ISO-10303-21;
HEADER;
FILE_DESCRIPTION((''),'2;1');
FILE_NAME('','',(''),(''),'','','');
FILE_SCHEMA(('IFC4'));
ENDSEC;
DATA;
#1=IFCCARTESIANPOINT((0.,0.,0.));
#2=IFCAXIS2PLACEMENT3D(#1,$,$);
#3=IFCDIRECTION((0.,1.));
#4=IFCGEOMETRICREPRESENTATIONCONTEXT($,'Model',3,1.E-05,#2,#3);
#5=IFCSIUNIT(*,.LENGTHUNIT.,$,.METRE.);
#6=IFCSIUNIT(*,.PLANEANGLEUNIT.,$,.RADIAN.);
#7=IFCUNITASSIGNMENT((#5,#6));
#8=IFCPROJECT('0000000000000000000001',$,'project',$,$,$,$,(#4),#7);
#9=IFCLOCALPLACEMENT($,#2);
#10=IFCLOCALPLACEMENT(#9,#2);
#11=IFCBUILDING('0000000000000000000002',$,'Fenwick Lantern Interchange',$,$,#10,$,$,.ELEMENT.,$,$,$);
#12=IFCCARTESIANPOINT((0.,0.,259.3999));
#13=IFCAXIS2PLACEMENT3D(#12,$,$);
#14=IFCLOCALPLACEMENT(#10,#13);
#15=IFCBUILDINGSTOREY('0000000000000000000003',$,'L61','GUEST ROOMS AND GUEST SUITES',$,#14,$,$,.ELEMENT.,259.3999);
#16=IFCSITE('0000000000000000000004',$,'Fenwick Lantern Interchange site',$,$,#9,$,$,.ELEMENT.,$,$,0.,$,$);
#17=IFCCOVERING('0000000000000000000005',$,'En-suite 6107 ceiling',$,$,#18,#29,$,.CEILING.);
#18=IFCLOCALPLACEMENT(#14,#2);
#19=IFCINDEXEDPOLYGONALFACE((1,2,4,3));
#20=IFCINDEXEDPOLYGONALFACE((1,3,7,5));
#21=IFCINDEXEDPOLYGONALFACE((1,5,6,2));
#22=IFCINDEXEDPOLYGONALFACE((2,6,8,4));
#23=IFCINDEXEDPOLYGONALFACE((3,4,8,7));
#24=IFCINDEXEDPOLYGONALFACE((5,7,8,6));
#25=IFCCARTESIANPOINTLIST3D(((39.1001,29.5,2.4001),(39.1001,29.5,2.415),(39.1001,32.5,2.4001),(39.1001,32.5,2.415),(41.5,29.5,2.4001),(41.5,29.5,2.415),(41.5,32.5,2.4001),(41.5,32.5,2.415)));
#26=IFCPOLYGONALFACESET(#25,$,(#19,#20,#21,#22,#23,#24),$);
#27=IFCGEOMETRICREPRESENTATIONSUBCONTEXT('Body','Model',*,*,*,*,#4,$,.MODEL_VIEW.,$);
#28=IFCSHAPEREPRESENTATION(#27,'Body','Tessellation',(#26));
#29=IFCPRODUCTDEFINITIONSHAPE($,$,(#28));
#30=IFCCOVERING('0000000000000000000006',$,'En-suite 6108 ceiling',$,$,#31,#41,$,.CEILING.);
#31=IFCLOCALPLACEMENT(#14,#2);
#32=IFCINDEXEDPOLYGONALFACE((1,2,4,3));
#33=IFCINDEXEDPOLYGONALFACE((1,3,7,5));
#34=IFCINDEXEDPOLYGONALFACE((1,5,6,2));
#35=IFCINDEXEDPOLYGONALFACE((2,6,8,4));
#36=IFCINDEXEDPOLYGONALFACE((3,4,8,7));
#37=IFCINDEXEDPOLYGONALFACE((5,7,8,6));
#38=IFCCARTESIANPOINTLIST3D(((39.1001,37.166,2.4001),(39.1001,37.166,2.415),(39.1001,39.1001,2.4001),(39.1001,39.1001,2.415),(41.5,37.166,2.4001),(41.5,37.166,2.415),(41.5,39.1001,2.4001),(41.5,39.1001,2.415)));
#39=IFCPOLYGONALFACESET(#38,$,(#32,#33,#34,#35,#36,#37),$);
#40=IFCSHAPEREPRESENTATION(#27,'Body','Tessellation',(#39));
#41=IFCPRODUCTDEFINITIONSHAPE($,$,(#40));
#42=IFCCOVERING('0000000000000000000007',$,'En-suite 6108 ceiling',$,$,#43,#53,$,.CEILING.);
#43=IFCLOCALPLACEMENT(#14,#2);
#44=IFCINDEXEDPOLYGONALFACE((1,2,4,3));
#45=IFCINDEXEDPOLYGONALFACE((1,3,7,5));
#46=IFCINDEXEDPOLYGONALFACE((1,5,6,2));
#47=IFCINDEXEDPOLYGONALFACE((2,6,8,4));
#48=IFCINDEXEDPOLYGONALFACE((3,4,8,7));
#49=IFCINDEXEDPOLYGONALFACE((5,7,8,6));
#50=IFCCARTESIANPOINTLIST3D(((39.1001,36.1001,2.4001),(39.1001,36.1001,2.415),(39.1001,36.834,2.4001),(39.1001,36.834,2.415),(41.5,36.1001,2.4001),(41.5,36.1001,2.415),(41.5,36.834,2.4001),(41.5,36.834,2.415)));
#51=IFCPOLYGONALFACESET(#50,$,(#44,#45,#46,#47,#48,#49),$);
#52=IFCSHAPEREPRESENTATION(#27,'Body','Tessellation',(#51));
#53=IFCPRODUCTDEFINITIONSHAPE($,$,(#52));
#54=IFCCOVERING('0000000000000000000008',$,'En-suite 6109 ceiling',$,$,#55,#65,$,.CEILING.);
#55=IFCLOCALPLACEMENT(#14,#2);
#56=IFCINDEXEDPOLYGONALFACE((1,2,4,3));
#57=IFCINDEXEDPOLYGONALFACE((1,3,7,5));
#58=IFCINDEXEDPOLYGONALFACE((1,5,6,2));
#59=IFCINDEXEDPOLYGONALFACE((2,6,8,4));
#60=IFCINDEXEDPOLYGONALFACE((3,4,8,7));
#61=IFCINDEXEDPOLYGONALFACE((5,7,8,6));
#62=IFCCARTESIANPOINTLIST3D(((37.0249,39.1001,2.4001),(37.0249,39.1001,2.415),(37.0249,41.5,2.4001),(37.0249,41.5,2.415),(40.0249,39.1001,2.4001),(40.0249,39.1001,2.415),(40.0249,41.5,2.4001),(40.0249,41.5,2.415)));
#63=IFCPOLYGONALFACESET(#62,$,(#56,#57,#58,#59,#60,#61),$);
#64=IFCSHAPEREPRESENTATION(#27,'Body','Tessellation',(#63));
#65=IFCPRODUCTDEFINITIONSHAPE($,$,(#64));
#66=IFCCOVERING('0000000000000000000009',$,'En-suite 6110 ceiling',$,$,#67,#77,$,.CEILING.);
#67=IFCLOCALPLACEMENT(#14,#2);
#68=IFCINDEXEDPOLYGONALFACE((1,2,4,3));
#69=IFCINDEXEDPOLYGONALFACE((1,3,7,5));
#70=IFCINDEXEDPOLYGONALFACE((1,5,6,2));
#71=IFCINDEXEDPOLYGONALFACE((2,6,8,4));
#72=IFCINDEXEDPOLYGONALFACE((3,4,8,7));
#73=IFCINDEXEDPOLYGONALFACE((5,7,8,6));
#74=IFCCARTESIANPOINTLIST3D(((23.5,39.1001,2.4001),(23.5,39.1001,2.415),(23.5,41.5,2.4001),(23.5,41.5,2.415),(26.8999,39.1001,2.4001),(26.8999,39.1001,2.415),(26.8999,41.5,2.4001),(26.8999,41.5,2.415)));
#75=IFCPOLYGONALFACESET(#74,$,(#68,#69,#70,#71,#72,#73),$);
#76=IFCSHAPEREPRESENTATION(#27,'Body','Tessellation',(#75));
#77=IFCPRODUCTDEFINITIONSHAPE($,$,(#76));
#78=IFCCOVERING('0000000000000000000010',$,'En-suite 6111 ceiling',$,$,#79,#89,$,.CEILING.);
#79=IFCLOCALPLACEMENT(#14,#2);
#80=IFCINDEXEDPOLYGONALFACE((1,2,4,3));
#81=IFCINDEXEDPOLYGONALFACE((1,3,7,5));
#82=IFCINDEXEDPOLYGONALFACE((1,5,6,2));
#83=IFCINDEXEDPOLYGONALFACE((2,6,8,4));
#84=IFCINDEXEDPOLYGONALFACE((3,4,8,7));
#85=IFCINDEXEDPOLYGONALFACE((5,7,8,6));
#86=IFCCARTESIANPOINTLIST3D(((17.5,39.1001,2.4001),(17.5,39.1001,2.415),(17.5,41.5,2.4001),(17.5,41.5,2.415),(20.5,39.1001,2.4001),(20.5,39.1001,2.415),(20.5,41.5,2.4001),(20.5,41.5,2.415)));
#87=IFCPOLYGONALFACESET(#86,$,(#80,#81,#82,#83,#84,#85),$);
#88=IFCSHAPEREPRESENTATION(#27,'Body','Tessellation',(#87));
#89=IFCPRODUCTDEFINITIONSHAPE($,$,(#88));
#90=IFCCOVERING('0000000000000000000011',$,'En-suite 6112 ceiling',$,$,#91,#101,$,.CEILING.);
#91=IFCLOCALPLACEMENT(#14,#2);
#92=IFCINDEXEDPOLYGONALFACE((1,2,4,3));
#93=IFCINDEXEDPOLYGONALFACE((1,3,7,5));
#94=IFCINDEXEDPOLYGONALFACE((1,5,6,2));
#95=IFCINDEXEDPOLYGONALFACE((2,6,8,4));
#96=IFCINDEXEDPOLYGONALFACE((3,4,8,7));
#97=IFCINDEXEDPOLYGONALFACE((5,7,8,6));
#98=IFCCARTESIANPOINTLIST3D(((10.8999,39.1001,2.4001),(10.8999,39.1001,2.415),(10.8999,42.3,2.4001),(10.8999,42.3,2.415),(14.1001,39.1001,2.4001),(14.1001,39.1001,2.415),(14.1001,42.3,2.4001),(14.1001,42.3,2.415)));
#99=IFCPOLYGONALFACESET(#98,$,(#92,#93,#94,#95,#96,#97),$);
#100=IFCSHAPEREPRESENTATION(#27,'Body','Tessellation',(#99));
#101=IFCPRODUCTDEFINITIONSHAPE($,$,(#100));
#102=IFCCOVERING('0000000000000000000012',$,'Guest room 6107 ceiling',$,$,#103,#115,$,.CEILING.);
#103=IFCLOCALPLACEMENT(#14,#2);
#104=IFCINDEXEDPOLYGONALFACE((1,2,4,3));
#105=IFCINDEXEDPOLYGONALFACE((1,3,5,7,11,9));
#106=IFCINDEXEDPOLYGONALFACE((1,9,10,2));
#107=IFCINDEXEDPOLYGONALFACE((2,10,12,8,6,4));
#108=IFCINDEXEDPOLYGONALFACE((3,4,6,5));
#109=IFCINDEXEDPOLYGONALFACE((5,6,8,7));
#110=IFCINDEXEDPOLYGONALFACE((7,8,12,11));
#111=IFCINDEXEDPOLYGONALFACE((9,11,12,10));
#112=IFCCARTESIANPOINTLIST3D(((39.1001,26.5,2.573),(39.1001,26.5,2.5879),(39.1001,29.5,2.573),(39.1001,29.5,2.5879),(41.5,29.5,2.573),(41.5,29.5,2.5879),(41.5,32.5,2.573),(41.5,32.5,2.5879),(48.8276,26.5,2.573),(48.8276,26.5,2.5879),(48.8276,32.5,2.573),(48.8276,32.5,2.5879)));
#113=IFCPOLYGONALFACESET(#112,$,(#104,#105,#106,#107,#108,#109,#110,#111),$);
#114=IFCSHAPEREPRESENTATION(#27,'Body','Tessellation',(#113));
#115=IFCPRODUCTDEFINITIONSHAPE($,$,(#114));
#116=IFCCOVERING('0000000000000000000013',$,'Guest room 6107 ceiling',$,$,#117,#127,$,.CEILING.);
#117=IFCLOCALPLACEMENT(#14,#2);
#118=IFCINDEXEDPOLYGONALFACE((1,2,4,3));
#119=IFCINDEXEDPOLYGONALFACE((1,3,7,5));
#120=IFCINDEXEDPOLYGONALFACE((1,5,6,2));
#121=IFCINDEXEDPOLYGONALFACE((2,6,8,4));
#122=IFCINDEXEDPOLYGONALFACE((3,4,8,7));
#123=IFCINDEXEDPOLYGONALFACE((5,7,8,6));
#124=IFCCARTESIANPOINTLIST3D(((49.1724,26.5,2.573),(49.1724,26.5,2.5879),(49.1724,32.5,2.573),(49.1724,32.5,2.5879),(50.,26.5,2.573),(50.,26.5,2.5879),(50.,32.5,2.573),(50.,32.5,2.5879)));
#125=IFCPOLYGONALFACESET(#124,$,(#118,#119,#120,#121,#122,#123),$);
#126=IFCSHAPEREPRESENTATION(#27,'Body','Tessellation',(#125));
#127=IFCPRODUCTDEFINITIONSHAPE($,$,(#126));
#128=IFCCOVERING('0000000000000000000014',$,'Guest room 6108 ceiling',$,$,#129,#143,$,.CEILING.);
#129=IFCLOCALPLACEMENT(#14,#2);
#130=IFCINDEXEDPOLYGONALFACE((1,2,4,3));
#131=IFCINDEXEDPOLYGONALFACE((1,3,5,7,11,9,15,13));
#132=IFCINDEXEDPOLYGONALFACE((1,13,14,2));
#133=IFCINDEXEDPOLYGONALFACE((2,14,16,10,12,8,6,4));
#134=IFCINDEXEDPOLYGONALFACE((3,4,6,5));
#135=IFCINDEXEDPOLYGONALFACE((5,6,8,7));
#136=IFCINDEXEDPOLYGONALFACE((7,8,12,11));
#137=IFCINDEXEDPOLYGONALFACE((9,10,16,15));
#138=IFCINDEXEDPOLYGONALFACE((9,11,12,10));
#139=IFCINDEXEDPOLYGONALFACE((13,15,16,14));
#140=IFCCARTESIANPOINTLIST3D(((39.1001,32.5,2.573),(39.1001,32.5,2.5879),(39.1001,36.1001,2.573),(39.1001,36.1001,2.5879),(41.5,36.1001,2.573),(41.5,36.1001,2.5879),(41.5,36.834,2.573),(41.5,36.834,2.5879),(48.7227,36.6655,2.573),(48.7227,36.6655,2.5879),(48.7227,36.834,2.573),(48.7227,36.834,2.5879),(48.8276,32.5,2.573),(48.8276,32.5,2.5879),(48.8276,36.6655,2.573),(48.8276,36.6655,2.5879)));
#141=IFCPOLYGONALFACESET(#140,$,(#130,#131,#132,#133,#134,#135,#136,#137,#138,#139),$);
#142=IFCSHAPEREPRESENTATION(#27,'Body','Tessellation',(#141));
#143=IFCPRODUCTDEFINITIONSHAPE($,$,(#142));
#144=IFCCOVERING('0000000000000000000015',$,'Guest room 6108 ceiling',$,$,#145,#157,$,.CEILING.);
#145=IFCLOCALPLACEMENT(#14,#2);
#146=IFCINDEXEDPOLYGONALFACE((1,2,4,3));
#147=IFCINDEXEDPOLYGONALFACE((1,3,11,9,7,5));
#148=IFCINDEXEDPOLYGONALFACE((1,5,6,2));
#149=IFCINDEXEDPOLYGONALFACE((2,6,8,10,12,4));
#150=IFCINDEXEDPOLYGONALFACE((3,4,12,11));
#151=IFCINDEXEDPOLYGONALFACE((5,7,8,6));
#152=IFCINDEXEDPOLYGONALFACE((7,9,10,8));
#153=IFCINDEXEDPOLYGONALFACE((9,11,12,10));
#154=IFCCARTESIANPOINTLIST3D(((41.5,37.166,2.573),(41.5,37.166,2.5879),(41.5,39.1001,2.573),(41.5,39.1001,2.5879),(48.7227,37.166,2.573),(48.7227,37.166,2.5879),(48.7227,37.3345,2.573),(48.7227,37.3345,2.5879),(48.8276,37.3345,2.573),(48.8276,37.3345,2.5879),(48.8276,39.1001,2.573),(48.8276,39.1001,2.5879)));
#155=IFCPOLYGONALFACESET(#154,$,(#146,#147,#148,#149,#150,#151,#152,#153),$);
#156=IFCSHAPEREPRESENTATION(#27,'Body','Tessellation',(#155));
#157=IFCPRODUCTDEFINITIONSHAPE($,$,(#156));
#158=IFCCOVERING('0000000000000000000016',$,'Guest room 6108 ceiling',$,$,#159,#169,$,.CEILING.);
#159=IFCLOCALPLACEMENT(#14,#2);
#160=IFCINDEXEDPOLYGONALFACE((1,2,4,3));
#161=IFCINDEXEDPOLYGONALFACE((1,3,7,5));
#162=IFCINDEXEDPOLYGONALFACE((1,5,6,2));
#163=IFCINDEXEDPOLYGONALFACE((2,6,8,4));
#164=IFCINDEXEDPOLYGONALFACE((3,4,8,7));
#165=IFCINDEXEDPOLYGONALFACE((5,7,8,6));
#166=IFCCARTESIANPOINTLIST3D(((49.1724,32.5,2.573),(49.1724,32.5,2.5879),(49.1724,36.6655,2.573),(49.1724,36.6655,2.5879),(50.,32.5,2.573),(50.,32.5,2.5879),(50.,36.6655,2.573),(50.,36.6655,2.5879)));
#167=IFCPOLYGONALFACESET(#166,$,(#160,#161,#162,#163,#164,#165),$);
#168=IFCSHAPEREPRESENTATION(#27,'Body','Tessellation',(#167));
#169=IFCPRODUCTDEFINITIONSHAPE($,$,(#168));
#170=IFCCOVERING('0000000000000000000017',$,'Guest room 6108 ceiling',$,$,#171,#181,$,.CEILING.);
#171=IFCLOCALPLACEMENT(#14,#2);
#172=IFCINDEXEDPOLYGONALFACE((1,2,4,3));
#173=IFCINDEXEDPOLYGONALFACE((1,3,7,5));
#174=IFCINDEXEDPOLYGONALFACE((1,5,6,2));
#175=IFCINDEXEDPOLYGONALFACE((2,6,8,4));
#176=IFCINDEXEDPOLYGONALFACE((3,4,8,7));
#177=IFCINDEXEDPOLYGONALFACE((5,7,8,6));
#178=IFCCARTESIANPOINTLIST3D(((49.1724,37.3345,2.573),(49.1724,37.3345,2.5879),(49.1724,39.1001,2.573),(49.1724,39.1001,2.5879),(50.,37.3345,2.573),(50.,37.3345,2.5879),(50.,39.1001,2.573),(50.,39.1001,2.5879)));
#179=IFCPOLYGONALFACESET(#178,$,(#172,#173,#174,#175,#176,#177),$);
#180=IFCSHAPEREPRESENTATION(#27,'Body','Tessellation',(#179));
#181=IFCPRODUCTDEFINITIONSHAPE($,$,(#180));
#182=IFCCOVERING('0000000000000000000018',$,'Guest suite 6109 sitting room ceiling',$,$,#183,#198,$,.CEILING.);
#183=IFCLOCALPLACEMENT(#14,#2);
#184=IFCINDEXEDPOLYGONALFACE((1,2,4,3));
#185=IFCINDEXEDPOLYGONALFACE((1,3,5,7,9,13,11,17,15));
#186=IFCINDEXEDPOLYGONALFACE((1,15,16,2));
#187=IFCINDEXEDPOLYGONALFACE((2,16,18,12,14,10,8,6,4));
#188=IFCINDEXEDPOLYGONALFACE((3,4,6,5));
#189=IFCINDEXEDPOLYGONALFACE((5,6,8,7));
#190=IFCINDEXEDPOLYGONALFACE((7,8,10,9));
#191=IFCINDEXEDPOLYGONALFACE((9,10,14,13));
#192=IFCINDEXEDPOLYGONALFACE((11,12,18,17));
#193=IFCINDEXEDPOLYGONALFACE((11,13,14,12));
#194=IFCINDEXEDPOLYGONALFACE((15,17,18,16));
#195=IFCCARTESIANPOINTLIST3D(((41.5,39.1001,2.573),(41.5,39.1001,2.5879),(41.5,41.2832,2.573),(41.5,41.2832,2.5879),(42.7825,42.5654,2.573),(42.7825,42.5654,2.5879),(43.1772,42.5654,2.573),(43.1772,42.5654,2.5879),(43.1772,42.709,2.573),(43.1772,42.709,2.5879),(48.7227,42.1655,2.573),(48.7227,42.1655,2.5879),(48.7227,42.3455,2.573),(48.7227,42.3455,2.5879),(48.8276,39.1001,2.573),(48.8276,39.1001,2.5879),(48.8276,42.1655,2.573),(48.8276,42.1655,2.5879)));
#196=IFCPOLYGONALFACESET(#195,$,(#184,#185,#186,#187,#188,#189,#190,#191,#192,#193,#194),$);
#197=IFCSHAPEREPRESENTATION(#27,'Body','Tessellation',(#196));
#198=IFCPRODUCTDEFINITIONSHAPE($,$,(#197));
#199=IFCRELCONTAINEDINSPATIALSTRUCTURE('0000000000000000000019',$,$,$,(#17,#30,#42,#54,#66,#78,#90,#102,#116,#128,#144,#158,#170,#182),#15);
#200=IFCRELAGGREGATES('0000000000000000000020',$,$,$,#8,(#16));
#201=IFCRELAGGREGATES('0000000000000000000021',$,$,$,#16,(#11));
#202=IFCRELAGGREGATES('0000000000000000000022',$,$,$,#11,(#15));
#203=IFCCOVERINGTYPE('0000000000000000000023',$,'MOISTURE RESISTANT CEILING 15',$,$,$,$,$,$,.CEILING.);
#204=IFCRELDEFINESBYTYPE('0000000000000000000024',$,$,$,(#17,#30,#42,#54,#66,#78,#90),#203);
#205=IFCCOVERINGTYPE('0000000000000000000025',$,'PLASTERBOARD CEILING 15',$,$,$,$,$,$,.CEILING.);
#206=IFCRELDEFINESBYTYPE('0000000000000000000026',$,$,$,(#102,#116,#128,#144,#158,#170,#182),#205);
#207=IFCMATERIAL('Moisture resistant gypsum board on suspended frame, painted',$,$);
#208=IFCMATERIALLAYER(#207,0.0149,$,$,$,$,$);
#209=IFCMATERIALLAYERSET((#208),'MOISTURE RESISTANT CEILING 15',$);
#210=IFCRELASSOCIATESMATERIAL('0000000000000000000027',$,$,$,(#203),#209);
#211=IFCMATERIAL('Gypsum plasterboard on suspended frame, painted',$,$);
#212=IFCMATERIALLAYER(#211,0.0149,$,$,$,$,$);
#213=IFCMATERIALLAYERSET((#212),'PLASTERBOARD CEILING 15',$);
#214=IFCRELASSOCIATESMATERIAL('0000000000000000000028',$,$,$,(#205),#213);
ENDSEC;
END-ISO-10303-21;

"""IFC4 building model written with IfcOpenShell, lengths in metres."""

from ifc_helpers import new_model, si_unit, direction, frame, origin, place, context, subcontext, project, spatial, polyline, outline, extrude, material, layer, layer_set, type_object, element, save


model = new_model("IFC4")

# Units and contexts
model_context = context("Model", 3, precision=1e-05, world=origin(), true_north=direction((0.0, 1.0)))
body_context = subcontext(model_context, "Body", "Model", "MODEL_VIEW")
ifc_project = project(units=[si_unit("LENGTHUNIT", "METRE"), si_unit("PLANEANGLEUNIT", "RADIAN")], contexts=[model_context])

# Site, building, storey
site_placement = place(None, origin())
site = spatial("IfcSite", under=ifc_project, at=site_placement, Name="Fenwick Lantern Interchange site", CompositionType="ELEMENT", RefElevation=0.0)
building_placement = place(site_placement, origin())
building = spatial("IfcBuilding", under=site, at=building_placement, Name="Fenwick Lantern Interchange", CompositionType="ELEMENT")
storey_placement = place(building_placement, frame((0.0, 0.0, 259.3999)))
storey = spatial("IfcBuildingStorey", under=building, at=storey_placement, Name="L61", Description="GUEST ROOMS AND GUEST SUITES", CompositionType="ELEMENT", Elevation=259.3999)

# Coverings
ifc_material_1 = material(Name="Moisture resistant gypsum board on suspended frame, painted")
ifc_layer_1 = layer(ifc_material_1, 0.0149)
ifc_layer_set_1 = layer_set([ifc_layer_1], Name="MOISTURE RESISTANT CEILING 15")
covering_type_1 = type_object("IfcCoveringType", Name="MOISTURE RESISTANT CEILING 15", PredefinedType="CEILING", material=ifc_layer_set_1)
covering_1_placement = place(storey_placement, frame((0.0, 0.0, 2.4001)))
element("IfcCovering", 1, at=covering_1_placement, inside=storey, type_object=covering_type_1, Name="En-suite 6107 ceiling", PredefinedType="CEILING", context=body_context, shape_type="SweptSolid", body=[
    extrude(outline(polyline([(41.5, 29.5), (41.5, 32.5), (39.1001, 32.5), (39.1001, 29.5), (41.5, 29.5)])), origin(), (0.0, 0.0, 1.0), 0.0149),
])
covering_2_placement = place(storey_placement, frame((0.0, 0.0, 2.4001)))
element("IfcCovering", 2, at=covering_2_placement, inside=storey, type_object=covering_type_1, Name="En-suite 6108 ceiling", PredefinedType="CEILING", context=body_context, shape_type="SweptSolid", body=[
    extrude(outline(polyline([(39.1001, 39.1001), (39.1001, 37.166), (41.5, 37.166), (41.5, 39.1001), (39.1001, 39.1001)])), origin(), (0.0, 0.0, 1.0), 0.0149),
])
covering_3_placement = place(storey_placement, frame((0.0, 0.0, 2.4001)))
element("IfcCovering", 3, at=covering_3_placement, inside=storey, type_object=covering_type_1, Name="En-suite 6108 ceiling", PredefinedType="CEILING", context=body_context, shape_type="SweptSolid", body=[
    extrude(outline(polyline([(41.5, 36.1001), (41.5, 36.834), (39.1001, 36.834), (39.1001, 36.1001), (41.5, 36.1001)])), origin(), (0.0, 0.0, 1.0), 0.0149),
])
covering_4_placement = place(storey_placement, frame((0.0, 0.0, 2.4001)))
element("IfcCovering", 4, at=covering_4_placement, inside=storey, type_object=covering_type_1, Name="En-suite 6109 ceiling", PredefinedType="CEILING", context=body_context, shape_type="SweptSolid", body=[
    extrude(outline(polyline([(40.0249, 41.5), (37.0249, 41.5), (37.0249, 39.1001), (40.0249, 39.1001), (40.0249, 41.5)])), origin(), (0.0, 0.0, 1.0), 0.0149),
])
covering_5_placement = place(storey_placement, frame((0.0, 0.0, 2.4001)))
element("IfcCovering", 5, at=covering_5_placement, inside=storey, type_object=covering_type_1, Name="En-suite 6110 ceiling", PredefinedType="CEILING", context=body_context, shape_type="SweptSolid", body=[
    extrude(outline(polyline([(26.8999, 41.5), (23.5, 41.5), (23.5, 39.1001), (26.8999, 39.1001), (26.8999, 41.5)])), origin(), (0.0, 0.0, 1.0), 0.0149),
])
covering_6_placement = place(storey_placement, frame((0.0, 0.0, 2.4001)))
element("IfcCovering", 6, at=covering_6_placement, inside=storey, type_object=covering_type_1, Name="En-suite 6111 ceiling", PredefinedType="CEILING", context=body_context, shape_type="SweptSolid", body=[
    extrude(outline(polyline([(20.5, 41.5), (17.5, 41.5), (17.5, 39.1001), (20.5, 39.1001), (20.5, 41.5)])), origin(), (0.0, 0.0, 1.0), 0.0149),
])
covering_7_placement = place(storey_placement, frame((0.0, 0.0, 2.4001)))
element("IfcCovering", 7, at=covering_7_placement, inside=storey, type_object=covering_type_1, Name="En-suite 6112 ceiling", PredefinedType="CEILING", context=body_context, shape_type="SweptSolid", body=[
    extrude(outline(polyline([(14.1001, 42.3), (10.8999, 42.3), (10.8999, 39.1001), (14.1001, 39.1001), (14.1001, 42.3)])), origin(), (0.0, 0.0, 1.0), 0.0149),
])
ifc_material_2 = material(Name="Gypsum plasterboard on suspended frame, painted")
ifc_layer_2 = layer(ifc_material_2, 0.0149)
ifc_layer_set_2 = layer_set([ifc_layer_2], Name="PLASTERBOARD CEILING 15")
covering_type_2 = type_object("IfcCoveringType", Name="PLASTERBOARD CEILING 15", PredefinedType="CEILING", material=ifc_layer_set_2)
covering_8_placement = place(storey_placement, frame((0.0, 0.0, 2.573)))
element("IfcCovering", 8, at=covering_8_placement, inside=storey, type_object=covering_type_2, Name="Guest room 6107 ceiling", PredefinedType="CEILING", context=body_context, shape_type="SweptSolid", body=[
    extrude(outline(polyline([(39.1001, 26.5), (48.8276, 26.5), (48.8276, 32.5), (41.5, 32.5), (41.5, 29.5), (39.1001, 29.5), (39.1001, 26.5)])), origin(), (0.0, 0.0, 1.0), 0.0149),
])
covering_9_placement = place(storey_placement, frame((0.0, 0.0, 2.573)))
element("IfcCovering", 9, at=covering_9_placement, inside=storey, type_object=covering_type_2, Name="Guest room 6107 ceiling", PredefinedType="CEILING", context=body_context, shape_type="SweptSolid", body=[
    extrude(outline(polyline([(50.0, 26.5), (50.0, 32.5), (49.1724, 32.5), (49.1724, 26.5), (50.0, 26.5)])), origin(), (0.0, 0.0, 1.0), 0.0149),
])
covering_10_placement = place(storey_placement, frame((0.0, 0.0, 2.573)))
element("IfcCovering", 10, at=covering_10_placement, inside=storey, type_object=covering_type_2, Name="Guest room 6108 ceiling", PredefinedType="CEILING", context=body_context, shape_type="SweptSolid", body=[
    extrude(outline(polyline([(48.7227, 36.6655), (48.7227, 36.834), (41.5, 36.834), (41.5, 36.1001), (39.1001, 36.1001), (39.1001, 32.5), (48.8276, 32.5), (48.8276, 36.6655), (48.7227, 36.6655)])), origin(), (0.0, 0.0, 1.0), 0.0149),
])
covering_11_placement = place(storey_placement, frame((0.0, 0.0, 2.573)))
element("IfcCovering", 11, at=covering_11_placement, inside=storey, type_object=covering_type_2, Name="Guest room 6108 ceiling", PredefinedType="CEILING", context=body_context, shape_type="SweptSolid", body=[
    extrude(outline(polyline([(48.7227, 37.3345), (48.8276, 37.3345), (48.8276, 39.1001), (41.5, 39.1001), (41.5, 37.166), (48.7227, 37.166), (48.7227, 37.3345)])), origin(), (0.0, 0.0, 1.0), 0.0149),
])
covering_12_placement = place(storey_placement, frame((0.0, 0.0, 2.573)))
element("IfcCovering", 12, at=covering_12_placement, inside=storey, type_object=covering_type_2, Name="Guest room 6108 ceiling", PredefinedType="CEILING", context=body_context, shape_type="SweptSolid", body=[
    extrude(outline(polyline([(50.0, 36.6655), (49.1724, 36.6655), (49.1724, 32.5), (50.0, 32.5), (50.0, 36.6655)])), origin(), (0.0, 0.0, 1.0), 0.0149),
])
covering_13_placement = place(storey_placement, frame((0.0, 0.0, 2.573)))
element("IfcCovering", 13, at=covering_13_placement, inside=storey, type_object=covering_type_2, Name="Guest room 6108 ceiling", PredefinedType="CEILING", context=body_context, shape_type="SweptSolid", body=[
    extrude(outline(polyline([(49.1724, 37.3345), (50.0, 37.3345), (50.0, 39.1001), (49.1724, 39.1001), (49.1724, 37.3345)])), origin(), (0.0, 0.0, 1.0), 0.0149),
])
covering_14_placement = place(storey_placement, frame((0.0, 0.0, 2.573)))
element("IfcCovering", 14, at=covering_14_placement, inside=storey, type_object=covering_type_2, Name="Guest suite 6109 sitting room ceiling", PredefinedType="CEILING", context=body_context, shape_type="SweptSolid", body=[
    extrude(outline(polyline([(48.8276, 42.1655), (48.7227, 42.1655), (48.7227, 42.3455), (43.1772, 42.709), (43.1772, 42.5654), (42.7825, 42.5654), (41.5, 41.2832), (41.5, 39.1001), (48.8276, 39.1001), (48.8276, 42.1655)])), origin(), (0.0, 0.0, 1.0), 0.0149),
])

save(model, "model.ifc")
